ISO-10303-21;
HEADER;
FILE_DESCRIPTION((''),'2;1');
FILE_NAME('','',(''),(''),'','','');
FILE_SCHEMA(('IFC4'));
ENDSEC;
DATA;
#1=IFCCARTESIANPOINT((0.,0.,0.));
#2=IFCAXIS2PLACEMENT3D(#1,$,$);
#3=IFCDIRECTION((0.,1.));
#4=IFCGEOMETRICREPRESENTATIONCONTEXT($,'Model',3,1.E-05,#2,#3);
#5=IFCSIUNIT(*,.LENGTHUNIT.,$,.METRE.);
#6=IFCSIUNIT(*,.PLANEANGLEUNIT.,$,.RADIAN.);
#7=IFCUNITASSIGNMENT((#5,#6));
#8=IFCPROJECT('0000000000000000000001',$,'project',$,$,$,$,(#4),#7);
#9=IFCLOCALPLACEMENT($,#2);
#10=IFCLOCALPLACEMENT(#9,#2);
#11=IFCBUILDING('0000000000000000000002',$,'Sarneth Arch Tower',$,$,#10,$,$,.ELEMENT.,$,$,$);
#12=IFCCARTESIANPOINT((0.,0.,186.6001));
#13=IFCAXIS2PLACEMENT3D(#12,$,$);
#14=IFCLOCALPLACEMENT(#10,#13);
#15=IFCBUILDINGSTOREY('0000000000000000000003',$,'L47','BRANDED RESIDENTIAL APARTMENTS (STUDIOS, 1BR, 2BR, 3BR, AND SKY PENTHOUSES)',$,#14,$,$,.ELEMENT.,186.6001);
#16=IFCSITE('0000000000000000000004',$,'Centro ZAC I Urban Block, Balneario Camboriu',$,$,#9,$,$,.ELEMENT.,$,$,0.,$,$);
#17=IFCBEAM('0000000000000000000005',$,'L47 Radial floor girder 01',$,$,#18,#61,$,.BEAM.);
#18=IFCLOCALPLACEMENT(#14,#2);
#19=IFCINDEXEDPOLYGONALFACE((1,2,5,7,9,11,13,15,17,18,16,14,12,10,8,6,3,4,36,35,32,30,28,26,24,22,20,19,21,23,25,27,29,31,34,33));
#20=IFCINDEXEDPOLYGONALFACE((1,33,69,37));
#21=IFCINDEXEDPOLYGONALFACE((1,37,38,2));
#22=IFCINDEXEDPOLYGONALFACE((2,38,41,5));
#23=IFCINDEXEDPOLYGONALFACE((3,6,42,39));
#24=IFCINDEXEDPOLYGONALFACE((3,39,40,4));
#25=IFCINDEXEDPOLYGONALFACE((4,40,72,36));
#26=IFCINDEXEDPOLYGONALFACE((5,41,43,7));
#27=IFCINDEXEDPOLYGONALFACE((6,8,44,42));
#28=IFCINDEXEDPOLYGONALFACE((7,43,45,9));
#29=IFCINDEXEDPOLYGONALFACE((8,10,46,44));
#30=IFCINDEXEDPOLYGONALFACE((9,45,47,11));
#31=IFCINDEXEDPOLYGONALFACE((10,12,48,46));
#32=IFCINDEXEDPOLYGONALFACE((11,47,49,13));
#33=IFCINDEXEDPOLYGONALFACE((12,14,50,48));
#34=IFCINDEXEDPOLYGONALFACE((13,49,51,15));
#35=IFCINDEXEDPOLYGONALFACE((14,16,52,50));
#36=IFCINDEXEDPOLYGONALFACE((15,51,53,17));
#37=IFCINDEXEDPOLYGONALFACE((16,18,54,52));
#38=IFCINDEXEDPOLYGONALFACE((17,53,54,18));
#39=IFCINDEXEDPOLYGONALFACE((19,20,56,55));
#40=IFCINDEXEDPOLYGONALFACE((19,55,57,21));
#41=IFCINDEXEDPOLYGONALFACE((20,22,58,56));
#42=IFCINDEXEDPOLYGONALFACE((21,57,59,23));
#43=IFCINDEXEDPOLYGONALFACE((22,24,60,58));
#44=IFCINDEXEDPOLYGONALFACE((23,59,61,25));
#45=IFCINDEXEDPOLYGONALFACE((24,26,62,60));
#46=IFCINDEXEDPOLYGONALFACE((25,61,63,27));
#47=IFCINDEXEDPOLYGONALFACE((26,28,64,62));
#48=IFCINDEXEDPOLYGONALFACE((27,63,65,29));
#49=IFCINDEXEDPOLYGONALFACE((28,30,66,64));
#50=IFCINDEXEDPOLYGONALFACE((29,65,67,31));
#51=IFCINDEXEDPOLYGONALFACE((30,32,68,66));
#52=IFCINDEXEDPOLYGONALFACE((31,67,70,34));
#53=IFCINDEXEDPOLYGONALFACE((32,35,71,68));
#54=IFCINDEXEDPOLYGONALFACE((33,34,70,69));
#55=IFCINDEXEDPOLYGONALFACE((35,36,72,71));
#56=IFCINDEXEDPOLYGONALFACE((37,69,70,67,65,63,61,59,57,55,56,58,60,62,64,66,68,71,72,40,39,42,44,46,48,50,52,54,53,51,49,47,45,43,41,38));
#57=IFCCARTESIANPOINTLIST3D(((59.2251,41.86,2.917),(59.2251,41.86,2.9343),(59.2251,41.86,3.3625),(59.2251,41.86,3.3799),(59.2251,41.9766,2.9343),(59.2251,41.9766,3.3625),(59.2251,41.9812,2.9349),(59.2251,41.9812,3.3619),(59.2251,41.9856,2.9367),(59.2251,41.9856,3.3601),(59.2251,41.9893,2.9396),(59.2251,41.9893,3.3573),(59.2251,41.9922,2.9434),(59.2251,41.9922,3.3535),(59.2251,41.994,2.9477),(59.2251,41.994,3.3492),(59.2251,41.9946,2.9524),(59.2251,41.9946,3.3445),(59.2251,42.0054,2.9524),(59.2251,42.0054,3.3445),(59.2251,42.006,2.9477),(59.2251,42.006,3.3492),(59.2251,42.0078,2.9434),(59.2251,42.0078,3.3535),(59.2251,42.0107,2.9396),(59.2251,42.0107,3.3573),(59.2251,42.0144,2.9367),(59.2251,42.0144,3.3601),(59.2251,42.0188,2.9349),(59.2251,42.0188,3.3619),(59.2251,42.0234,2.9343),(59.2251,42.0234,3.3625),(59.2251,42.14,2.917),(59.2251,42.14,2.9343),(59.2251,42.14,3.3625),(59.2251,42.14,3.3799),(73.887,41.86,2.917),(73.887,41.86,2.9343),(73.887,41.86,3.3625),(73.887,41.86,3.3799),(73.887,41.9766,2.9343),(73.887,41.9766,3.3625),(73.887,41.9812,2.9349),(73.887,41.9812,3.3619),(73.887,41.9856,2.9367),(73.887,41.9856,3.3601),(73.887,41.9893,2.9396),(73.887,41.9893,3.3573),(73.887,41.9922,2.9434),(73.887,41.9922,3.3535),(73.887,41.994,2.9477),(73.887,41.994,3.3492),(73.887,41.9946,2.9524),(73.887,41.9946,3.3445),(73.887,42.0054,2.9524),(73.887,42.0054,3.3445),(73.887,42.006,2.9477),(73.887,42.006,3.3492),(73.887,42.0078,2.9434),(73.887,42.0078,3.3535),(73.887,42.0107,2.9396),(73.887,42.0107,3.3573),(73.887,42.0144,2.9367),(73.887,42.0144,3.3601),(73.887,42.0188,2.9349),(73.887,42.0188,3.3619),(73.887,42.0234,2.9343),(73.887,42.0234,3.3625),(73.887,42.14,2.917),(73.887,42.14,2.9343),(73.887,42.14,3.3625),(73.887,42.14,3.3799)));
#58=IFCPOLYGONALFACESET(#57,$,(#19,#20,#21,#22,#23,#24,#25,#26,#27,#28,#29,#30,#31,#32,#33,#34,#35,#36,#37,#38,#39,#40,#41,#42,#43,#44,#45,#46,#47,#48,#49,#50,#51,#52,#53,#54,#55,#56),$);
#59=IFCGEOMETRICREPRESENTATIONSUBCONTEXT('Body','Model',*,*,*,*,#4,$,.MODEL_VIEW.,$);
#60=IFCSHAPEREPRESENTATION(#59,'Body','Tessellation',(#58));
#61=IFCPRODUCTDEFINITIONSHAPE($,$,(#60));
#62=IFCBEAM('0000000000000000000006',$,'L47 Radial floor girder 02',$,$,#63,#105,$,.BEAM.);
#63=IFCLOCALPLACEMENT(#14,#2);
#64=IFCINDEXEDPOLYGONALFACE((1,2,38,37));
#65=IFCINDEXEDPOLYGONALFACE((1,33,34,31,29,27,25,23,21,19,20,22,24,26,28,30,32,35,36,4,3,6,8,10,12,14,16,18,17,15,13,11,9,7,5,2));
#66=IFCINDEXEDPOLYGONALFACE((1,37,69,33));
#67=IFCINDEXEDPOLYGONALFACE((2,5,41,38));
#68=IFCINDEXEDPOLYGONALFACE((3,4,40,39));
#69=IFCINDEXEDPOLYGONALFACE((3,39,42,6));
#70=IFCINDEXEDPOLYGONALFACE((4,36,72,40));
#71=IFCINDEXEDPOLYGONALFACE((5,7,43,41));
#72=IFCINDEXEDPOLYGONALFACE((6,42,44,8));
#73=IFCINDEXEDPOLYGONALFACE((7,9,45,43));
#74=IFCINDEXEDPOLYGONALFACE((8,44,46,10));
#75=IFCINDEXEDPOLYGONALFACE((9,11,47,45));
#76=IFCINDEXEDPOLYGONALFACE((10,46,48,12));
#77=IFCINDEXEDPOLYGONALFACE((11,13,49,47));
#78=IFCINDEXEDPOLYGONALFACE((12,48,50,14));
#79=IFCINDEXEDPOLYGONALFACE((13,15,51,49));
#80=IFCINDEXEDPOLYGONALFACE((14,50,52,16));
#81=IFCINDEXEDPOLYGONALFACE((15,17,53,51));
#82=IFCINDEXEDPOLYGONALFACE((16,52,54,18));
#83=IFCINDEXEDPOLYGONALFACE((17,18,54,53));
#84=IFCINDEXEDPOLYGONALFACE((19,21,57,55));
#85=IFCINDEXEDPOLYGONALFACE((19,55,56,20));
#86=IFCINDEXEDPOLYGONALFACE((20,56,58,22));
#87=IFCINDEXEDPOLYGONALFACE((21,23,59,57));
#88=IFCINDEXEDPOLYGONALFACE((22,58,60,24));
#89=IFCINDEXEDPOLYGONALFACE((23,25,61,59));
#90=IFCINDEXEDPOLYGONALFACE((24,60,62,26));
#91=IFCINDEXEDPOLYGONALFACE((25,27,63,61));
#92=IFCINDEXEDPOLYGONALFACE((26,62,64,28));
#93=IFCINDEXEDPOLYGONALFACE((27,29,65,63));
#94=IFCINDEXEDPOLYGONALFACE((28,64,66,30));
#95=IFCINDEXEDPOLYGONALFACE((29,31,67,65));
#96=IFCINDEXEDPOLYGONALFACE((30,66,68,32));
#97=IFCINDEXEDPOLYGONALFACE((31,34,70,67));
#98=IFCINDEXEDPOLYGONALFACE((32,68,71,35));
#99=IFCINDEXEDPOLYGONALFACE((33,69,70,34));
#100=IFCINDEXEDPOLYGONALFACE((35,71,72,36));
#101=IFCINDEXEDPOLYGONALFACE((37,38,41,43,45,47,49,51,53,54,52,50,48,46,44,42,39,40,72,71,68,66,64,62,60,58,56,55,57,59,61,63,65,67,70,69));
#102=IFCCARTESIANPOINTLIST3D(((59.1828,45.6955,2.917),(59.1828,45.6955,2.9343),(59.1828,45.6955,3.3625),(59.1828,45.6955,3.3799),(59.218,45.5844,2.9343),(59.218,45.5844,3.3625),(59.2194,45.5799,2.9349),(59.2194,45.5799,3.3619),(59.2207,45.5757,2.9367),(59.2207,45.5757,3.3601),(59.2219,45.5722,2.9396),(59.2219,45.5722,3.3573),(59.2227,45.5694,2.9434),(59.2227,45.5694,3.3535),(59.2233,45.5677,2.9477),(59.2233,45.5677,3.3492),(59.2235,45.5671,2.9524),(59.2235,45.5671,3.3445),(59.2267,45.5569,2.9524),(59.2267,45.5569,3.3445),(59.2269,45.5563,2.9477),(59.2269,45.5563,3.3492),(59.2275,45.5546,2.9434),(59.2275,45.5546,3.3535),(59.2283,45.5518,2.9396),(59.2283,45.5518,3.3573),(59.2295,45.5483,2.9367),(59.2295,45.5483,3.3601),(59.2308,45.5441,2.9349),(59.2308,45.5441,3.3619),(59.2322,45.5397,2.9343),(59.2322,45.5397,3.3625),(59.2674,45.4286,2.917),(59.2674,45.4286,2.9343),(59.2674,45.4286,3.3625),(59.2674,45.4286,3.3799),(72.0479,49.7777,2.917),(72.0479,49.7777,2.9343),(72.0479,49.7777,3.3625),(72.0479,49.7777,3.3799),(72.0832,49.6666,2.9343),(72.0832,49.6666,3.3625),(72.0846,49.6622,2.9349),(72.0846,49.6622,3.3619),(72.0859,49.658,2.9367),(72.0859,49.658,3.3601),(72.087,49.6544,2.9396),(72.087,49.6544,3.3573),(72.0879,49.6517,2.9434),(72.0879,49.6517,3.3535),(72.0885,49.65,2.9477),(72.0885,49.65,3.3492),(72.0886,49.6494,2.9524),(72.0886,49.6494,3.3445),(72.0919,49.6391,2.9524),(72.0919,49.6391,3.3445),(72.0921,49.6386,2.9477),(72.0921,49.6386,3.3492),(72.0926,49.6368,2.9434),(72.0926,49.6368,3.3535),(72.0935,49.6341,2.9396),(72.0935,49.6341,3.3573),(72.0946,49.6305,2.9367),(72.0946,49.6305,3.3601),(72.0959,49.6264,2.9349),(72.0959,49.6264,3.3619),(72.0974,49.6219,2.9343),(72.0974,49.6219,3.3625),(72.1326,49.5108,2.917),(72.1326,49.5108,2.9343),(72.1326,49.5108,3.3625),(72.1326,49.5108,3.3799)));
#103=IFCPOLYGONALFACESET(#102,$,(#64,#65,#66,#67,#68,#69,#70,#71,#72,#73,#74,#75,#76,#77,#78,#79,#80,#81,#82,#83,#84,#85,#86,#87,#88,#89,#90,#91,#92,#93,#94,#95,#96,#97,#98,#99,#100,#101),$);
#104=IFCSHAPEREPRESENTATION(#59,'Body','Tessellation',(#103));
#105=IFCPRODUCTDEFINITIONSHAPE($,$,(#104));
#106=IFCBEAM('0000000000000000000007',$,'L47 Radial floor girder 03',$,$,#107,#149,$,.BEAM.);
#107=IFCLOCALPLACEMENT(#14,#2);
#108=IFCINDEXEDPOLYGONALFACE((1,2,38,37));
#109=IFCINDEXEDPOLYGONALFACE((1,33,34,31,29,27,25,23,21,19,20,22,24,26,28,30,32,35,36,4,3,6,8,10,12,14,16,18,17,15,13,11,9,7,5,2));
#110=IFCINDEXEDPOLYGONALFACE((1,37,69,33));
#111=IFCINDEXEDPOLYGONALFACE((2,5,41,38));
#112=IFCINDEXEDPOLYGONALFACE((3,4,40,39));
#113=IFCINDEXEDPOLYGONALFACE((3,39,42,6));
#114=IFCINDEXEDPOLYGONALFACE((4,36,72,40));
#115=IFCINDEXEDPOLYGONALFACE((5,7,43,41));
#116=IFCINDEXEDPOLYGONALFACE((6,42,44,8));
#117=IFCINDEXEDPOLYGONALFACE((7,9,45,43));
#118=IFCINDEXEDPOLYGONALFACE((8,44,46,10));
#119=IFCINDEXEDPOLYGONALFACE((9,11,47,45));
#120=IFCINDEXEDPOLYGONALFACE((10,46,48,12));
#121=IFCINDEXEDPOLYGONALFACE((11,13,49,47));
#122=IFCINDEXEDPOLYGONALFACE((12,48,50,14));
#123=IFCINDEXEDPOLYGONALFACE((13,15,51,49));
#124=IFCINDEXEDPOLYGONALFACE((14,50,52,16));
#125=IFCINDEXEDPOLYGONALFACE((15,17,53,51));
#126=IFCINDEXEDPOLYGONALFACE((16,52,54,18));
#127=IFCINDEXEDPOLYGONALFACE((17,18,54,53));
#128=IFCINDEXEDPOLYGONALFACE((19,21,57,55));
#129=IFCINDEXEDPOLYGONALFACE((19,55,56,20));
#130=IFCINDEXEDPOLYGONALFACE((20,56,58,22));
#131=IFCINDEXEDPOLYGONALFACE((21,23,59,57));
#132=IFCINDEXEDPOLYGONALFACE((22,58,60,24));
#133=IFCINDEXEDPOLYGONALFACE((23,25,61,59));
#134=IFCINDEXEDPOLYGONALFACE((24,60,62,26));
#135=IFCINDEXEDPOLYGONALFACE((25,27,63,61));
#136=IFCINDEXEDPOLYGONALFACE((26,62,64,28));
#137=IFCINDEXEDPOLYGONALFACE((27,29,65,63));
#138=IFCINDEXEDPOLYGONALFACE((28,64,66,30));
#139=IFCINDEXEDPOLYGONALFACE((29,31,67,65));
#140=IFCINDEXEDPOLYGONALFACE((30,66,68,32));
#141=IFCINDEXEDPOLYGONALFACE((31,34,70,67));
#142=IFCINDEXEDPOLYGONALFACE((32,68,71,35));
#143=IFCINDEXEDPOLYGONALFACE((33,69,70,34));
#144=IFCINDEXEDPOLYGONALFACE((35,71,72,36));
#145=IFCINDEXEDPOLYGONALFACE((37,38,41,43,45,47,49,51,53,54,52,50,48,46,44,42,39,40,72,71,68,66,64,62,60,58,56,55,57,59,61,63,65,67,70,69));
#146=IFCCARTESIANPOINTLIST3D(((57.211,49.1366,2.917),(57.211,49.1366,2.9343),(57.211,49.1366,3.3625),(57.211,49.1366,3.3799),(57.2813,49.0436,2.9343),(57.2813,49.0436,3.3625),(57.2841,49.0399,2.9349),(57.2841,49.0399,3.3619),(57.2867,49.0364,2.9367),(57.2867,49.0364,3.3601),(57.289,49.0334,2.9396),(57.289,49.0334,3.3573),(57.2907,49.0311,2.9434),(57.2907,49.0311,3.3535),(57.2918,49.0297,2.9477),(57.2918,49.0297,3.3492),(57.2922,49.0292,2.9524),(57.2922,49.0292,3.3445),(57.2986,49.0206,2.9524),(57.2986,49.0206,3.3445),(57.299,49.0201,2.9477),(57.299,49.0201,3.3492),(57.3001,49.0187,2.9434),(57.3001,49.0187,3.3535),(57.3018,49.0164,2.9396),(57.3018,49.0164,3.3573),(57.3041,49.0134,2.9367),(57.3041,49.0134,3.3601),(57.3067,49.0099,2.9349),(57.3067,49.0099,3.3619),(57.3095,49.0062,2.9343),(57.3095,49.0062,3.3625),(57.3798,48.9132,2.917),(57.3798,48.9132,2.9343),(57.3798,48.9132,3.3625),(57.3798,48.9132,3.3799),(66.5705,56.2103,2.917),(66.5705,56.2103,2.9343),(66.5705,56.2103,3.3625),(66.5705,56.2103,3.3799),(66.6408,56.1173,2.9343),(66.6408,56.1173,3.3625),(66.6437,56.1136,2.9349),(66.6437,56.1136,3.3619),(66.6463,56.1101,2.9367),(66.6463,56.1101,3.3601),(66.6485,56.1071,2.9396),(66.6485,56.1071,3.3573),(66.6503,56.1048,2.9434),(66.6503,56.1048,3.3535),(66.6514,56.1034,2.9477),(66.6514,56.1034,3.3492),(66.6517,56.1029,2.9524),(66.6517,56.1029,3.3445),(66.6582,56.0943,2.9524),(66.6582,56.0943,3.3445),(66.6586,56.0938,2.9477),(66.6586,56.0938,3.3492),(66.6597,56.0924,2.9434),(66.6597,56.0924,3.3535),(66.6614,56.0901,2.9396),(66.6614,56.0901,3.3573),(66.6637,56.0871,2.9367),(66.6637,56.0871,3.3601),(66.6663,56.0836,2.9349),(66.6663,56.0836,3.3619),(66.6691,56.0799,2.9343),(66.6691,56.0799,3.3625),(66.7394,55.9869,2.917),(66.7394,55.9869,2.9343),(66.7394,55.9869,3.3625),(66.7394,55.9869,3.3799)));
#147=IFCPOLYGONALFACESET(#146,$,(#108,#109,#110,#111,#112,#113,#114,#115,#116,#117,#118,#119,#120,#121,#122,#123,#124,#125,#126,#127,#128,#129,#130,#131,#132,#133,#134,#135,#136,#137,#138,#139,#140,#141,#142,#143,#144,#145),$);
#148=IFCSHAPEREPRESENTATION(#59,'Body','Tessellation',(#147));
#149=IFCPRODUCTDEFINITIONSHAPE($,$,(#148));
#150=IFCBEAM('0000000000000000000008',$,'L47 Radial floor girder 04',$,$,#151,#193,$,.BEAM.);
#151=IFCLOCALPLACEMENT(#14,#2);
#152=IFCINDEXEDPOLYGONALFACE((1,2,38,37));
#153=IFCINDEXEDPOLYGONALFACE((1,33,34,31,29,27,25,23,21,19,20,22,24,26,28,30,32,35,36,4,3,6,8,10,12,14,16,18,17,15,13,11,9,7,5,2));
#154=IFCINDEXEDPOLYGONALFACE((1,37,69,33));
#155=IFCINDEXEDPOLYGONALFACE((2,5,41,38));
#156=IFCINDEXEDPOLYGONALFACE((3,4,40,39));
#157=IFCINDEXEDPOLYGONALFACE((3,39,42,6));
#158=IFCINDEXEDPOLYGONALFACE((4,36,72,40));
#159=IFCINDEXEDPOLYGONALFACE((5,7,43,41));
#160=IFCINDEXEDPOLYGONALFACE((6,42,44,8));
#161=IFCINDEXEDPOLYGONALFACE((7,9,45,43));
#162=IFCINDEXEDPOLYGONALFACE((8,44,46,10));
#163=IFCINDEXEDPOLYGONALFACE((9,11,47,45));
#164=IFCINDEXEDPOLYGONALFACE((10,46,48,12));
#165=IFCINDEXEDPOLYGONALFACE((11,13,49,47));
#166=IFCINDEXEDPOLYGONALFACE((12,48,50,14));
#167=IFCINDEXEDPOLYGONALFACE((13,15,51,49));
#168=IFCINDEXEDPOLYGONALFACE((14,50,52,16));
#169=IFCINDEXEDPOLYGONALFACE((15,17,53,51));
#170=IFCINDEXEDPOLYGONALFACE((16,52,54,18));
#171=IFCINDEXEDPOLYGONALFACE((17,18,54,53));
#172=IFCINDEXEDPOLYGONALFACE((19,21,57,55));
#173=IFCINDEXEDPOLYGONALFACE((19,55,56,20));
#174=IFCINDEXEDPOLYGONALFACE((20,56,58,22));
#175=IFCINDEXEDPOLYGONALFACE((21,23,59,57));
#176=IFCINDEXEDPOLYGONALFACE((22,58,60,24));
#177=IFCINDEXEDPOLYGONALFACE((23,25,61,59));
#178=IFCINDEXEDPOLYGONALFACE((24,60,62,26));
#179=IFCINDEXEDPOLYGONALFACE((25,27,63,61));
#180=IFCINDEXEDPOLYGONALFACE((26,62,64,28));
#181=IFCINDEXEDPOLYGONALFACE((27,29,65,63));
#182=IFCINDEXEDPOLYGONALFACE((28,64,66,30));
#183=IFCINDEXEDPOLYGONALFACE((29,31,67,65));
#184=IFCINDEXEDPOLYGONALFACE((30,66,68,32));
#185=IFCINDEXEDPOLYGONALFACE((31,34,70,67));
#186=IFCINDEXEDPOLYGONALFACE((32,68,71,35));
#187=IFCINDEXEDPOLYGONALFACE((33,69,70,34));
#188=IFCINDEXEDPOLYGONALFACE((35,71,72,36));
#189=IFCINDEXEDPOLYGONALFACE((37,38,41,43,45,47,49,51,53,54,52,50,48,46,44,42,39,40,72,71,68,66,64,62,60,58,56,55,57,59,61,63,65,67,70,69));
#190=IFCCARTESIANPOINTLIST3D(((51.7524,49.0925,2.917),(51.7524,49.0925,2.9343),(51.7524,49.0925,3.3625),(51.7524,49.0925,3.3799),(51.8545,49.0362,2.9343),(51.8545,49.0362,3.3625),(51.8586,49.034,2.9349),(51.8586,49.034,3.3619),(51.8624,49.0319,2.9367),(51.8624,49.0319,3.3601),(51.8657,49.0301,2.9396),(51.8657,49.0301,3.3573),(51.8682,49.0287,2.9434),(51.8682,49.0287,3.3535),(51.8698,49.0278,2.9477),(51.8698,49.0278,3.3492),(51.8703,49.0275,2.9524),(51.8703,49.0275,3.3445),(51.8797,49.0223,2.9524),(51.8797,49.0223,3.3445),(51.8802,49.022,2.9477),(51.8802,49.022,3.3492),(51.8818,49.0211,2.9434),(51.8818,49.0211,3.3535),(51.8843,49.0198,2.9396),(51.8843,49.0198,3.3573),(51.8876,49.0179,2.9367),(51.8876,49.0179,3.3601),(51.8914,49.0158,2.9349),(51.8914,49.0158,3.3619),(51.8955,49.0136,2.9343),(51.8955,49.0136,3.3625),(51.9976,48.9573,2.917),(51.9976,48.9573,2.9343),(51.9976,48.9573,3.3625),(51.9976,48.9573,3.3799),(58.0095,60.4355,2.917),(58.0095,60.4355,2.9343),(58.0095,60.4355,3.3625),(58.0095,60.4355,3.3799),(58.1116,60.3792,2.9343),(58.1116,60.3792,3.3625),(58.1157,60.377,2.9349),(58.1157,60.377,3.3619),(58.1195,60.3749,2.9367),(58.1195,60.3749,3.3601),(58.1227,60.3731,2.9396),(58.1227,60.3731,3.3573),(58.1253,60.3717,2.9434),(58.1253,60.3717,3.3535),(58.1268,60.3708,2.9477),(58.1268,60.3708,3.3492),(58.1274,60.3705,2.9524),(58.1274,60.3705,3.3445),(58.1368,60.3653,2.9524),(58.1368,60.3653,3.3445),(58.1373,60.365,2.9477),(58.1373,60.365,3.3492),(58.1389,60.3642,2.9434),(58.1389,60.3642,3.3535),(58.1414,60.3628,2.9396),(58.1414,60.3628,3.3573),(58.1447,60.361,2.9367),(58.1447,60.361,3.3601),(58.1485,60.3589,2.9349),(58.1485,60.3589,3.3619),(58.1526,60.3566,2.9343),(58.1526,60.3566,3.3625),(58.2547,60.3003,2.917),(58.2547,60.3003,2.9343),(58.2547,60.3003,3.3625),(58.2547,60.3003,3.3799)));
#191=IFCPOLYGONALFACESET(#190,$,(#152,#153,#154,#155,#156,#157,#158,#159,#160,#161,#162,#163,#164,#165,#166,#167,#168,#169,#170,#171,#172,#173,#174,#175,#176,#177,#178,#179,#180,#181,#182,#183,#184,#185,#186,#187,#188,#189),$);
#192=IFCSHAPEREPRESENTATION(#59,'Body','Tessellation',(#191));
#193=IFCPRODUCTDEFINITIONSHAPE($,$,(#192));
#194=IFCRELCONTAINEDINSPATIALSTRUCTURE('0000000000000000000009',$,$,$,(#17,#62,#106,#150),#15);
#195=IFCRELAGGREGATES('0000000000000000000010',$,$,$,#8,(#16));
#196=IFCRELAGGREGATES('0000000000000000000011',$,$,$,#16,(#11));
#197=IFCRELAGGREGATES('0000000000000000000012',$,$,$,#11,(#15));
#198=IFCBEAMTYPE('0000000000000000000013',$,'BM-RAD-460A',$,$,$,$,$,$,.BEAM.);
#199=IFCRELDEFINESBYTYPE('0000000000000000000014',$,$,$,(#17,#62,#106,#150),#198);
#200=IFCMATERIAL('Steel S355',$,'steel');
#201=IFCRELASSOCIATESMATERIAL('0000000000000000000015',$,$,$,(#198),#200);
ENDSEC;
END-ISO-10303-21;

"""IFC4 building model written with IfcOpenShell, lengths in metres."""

from ifc_helpers import new_model, si_unit, direction, frame, origin, origin_2d, place, context, subcontext, project, spatial, i_section, extrude, material, material_profile, profile_set, type_object, element, save


model = new_model("IFC4")

# Units and contexts
model_context = context("Model", 3, precision=1e-05, world=origin(), true_north=direction((0.0, 1.0)))
body_context = subcontext(model_context, "Body", "Model", "MODEL_VIEW")
ifc_project = project(units=[si_unit("LENGTHUNIT", "METRE"), si_unit("PLANEANGLEUNIT", "RADIAN")], contexts=[model_context])

# Site, building, storey
site_placement = place(None, origin())
site = spatial("IfcSite", under=ifc_project, at=site_placement, Name="Centro ZAC I Urban Block, Balneario Camboriu", CompositionType="ELEMENT", RefElevation=0.0)
building_placement = place(site_placement, origin())
building = spatial("IfcBuilding", under=site, at=building_placement, Name="Sarneth Arch Tower", CompositionType="ELEMENT")
storey_placement = place(building_placement, frame((0.0, 0.0, 186.6001)))
storey = spatial("IfcBuildingStorey", under=building, at=storey_placement, Name="L47", Description="BRANDED RESIDENTIAL APARTMENTS (STUDIOS, 1BR, 2BR, 3BR, AND SKY PENTHOUSES)", CompositionType="ELEMENT", Elevation=186.6001)

# Beams
ifc_material_1 = material(Name="Steel S355", Category="steel")
ifc_material_profile_1 = material_profile(ifc_material_1, i_section(OverallWidth=0.28, OverallDepth=0.4629, WebThickness=0.0107, FlangeThickness=0.0173, FilletRadius=0.0181, at=origin_2d()), Name="W460x113")
ifc_profile_set_1 = profile_set([ifc_material_profile_1], Name="Steel S355")
beam_type_1 = type_object("IfcBeamType", Name="BM-RAD-460A", PredefinedType="BEAM", material=ifc_profile_set_1)
beam_1_placement = place(storey_placement, frame((59.2251, 42.0, 3.1484), z_axis=(1.0, 0.0, 0.0), x_axis=(0.0, 1.0, 0.0)))
element("IfcBeam", 1, at=beam_1_placement, inside=storey, type_object=beam_type_1, Name="L47 Radial floor girder 01", PredefinedType="BEAM", context=body_context, shape_type="SweptSolid", body=[
    extrude(i_section(OverallWidth=0.28, OverallDepth=0.4629, WebThickness=0.0107, FlangeThickness=0.0173, FilletRadius=0.0181, at=origin_2d()), origin(), (0.0, 0.0, 1.0), 14.6619),
])
beam_2_placement = place(storey_placement, frame((59.2251, 45.562, 3.1484), z_axis=(0.953165, 0.302449, 0.0), x_axis=(-0.302449, 0.953165, 0.0)))
element("IfcBeam", 2, at=beam_2_placement, inside=storey, type_object=beam_type_1, Name="L47 Radial floor girder 02", PredefinedType="BEAM", context=body_context, shape_type="SweptSolid", body=[
    extrude(i_section(OverallWidth=0.28, OverallDepth=0.4629, WebThickness=0.0107, FlangeThickness=0.0173, FilletRadius=0.0181, at=origin_2d()), origin(), (0.0, 0.0, 1.0), 13.4973),
])
beam_3_placement = place(storey_placement, frame((57.2954, 49.0249, 3.1484), z_axis=(0.797785, 0.602943, 0.0), x_axis=(-0.602943, 0.797785, 0.0)))
element("IfcBeam", 3, at=beam_3_placement, inside=storey, type_object=beam_type_1, Name="L47 Radial floor girder 03", PredefinedType="BEAM", context=body_context, shape_type="SweptSolid", body=[
    extrude(i_section(OverallWidth=0.28, OverallDepth=0.4629, WebThickness=0.0107, FlangeThickness=0.0173, FilletRadius=0.0181, at=origin_2d()), origin(), (0.0, 0.0, 1.0), 11.7319),
])
beam_4_placement = place(storey_placement, frame((51.875, 49.0249, 3.1484), z_axis=(0.48301, 0.875615, 0.0), x_axis=(-0.875615, 0.48301, 0.0)))
element("IfcBeam", 4, at=beam_4_placement, inside=storey, type_object=beam_type_1, Name="L47 Radial floor girder 04", PredefinedType="BEAM", context=body_context, shape_type="SweptSolid", body=[
    extrude(i_section(OverallWidth=0.28, OverallDepth=0.4629, WebThickness=0.0107, FlangeThickness=0.0173, FilletRadius=0.0181, at=origin_2d()), origin(), (0.0, 0.0, 1.0), 12.9543),
])

save(model, "model.ifc")
